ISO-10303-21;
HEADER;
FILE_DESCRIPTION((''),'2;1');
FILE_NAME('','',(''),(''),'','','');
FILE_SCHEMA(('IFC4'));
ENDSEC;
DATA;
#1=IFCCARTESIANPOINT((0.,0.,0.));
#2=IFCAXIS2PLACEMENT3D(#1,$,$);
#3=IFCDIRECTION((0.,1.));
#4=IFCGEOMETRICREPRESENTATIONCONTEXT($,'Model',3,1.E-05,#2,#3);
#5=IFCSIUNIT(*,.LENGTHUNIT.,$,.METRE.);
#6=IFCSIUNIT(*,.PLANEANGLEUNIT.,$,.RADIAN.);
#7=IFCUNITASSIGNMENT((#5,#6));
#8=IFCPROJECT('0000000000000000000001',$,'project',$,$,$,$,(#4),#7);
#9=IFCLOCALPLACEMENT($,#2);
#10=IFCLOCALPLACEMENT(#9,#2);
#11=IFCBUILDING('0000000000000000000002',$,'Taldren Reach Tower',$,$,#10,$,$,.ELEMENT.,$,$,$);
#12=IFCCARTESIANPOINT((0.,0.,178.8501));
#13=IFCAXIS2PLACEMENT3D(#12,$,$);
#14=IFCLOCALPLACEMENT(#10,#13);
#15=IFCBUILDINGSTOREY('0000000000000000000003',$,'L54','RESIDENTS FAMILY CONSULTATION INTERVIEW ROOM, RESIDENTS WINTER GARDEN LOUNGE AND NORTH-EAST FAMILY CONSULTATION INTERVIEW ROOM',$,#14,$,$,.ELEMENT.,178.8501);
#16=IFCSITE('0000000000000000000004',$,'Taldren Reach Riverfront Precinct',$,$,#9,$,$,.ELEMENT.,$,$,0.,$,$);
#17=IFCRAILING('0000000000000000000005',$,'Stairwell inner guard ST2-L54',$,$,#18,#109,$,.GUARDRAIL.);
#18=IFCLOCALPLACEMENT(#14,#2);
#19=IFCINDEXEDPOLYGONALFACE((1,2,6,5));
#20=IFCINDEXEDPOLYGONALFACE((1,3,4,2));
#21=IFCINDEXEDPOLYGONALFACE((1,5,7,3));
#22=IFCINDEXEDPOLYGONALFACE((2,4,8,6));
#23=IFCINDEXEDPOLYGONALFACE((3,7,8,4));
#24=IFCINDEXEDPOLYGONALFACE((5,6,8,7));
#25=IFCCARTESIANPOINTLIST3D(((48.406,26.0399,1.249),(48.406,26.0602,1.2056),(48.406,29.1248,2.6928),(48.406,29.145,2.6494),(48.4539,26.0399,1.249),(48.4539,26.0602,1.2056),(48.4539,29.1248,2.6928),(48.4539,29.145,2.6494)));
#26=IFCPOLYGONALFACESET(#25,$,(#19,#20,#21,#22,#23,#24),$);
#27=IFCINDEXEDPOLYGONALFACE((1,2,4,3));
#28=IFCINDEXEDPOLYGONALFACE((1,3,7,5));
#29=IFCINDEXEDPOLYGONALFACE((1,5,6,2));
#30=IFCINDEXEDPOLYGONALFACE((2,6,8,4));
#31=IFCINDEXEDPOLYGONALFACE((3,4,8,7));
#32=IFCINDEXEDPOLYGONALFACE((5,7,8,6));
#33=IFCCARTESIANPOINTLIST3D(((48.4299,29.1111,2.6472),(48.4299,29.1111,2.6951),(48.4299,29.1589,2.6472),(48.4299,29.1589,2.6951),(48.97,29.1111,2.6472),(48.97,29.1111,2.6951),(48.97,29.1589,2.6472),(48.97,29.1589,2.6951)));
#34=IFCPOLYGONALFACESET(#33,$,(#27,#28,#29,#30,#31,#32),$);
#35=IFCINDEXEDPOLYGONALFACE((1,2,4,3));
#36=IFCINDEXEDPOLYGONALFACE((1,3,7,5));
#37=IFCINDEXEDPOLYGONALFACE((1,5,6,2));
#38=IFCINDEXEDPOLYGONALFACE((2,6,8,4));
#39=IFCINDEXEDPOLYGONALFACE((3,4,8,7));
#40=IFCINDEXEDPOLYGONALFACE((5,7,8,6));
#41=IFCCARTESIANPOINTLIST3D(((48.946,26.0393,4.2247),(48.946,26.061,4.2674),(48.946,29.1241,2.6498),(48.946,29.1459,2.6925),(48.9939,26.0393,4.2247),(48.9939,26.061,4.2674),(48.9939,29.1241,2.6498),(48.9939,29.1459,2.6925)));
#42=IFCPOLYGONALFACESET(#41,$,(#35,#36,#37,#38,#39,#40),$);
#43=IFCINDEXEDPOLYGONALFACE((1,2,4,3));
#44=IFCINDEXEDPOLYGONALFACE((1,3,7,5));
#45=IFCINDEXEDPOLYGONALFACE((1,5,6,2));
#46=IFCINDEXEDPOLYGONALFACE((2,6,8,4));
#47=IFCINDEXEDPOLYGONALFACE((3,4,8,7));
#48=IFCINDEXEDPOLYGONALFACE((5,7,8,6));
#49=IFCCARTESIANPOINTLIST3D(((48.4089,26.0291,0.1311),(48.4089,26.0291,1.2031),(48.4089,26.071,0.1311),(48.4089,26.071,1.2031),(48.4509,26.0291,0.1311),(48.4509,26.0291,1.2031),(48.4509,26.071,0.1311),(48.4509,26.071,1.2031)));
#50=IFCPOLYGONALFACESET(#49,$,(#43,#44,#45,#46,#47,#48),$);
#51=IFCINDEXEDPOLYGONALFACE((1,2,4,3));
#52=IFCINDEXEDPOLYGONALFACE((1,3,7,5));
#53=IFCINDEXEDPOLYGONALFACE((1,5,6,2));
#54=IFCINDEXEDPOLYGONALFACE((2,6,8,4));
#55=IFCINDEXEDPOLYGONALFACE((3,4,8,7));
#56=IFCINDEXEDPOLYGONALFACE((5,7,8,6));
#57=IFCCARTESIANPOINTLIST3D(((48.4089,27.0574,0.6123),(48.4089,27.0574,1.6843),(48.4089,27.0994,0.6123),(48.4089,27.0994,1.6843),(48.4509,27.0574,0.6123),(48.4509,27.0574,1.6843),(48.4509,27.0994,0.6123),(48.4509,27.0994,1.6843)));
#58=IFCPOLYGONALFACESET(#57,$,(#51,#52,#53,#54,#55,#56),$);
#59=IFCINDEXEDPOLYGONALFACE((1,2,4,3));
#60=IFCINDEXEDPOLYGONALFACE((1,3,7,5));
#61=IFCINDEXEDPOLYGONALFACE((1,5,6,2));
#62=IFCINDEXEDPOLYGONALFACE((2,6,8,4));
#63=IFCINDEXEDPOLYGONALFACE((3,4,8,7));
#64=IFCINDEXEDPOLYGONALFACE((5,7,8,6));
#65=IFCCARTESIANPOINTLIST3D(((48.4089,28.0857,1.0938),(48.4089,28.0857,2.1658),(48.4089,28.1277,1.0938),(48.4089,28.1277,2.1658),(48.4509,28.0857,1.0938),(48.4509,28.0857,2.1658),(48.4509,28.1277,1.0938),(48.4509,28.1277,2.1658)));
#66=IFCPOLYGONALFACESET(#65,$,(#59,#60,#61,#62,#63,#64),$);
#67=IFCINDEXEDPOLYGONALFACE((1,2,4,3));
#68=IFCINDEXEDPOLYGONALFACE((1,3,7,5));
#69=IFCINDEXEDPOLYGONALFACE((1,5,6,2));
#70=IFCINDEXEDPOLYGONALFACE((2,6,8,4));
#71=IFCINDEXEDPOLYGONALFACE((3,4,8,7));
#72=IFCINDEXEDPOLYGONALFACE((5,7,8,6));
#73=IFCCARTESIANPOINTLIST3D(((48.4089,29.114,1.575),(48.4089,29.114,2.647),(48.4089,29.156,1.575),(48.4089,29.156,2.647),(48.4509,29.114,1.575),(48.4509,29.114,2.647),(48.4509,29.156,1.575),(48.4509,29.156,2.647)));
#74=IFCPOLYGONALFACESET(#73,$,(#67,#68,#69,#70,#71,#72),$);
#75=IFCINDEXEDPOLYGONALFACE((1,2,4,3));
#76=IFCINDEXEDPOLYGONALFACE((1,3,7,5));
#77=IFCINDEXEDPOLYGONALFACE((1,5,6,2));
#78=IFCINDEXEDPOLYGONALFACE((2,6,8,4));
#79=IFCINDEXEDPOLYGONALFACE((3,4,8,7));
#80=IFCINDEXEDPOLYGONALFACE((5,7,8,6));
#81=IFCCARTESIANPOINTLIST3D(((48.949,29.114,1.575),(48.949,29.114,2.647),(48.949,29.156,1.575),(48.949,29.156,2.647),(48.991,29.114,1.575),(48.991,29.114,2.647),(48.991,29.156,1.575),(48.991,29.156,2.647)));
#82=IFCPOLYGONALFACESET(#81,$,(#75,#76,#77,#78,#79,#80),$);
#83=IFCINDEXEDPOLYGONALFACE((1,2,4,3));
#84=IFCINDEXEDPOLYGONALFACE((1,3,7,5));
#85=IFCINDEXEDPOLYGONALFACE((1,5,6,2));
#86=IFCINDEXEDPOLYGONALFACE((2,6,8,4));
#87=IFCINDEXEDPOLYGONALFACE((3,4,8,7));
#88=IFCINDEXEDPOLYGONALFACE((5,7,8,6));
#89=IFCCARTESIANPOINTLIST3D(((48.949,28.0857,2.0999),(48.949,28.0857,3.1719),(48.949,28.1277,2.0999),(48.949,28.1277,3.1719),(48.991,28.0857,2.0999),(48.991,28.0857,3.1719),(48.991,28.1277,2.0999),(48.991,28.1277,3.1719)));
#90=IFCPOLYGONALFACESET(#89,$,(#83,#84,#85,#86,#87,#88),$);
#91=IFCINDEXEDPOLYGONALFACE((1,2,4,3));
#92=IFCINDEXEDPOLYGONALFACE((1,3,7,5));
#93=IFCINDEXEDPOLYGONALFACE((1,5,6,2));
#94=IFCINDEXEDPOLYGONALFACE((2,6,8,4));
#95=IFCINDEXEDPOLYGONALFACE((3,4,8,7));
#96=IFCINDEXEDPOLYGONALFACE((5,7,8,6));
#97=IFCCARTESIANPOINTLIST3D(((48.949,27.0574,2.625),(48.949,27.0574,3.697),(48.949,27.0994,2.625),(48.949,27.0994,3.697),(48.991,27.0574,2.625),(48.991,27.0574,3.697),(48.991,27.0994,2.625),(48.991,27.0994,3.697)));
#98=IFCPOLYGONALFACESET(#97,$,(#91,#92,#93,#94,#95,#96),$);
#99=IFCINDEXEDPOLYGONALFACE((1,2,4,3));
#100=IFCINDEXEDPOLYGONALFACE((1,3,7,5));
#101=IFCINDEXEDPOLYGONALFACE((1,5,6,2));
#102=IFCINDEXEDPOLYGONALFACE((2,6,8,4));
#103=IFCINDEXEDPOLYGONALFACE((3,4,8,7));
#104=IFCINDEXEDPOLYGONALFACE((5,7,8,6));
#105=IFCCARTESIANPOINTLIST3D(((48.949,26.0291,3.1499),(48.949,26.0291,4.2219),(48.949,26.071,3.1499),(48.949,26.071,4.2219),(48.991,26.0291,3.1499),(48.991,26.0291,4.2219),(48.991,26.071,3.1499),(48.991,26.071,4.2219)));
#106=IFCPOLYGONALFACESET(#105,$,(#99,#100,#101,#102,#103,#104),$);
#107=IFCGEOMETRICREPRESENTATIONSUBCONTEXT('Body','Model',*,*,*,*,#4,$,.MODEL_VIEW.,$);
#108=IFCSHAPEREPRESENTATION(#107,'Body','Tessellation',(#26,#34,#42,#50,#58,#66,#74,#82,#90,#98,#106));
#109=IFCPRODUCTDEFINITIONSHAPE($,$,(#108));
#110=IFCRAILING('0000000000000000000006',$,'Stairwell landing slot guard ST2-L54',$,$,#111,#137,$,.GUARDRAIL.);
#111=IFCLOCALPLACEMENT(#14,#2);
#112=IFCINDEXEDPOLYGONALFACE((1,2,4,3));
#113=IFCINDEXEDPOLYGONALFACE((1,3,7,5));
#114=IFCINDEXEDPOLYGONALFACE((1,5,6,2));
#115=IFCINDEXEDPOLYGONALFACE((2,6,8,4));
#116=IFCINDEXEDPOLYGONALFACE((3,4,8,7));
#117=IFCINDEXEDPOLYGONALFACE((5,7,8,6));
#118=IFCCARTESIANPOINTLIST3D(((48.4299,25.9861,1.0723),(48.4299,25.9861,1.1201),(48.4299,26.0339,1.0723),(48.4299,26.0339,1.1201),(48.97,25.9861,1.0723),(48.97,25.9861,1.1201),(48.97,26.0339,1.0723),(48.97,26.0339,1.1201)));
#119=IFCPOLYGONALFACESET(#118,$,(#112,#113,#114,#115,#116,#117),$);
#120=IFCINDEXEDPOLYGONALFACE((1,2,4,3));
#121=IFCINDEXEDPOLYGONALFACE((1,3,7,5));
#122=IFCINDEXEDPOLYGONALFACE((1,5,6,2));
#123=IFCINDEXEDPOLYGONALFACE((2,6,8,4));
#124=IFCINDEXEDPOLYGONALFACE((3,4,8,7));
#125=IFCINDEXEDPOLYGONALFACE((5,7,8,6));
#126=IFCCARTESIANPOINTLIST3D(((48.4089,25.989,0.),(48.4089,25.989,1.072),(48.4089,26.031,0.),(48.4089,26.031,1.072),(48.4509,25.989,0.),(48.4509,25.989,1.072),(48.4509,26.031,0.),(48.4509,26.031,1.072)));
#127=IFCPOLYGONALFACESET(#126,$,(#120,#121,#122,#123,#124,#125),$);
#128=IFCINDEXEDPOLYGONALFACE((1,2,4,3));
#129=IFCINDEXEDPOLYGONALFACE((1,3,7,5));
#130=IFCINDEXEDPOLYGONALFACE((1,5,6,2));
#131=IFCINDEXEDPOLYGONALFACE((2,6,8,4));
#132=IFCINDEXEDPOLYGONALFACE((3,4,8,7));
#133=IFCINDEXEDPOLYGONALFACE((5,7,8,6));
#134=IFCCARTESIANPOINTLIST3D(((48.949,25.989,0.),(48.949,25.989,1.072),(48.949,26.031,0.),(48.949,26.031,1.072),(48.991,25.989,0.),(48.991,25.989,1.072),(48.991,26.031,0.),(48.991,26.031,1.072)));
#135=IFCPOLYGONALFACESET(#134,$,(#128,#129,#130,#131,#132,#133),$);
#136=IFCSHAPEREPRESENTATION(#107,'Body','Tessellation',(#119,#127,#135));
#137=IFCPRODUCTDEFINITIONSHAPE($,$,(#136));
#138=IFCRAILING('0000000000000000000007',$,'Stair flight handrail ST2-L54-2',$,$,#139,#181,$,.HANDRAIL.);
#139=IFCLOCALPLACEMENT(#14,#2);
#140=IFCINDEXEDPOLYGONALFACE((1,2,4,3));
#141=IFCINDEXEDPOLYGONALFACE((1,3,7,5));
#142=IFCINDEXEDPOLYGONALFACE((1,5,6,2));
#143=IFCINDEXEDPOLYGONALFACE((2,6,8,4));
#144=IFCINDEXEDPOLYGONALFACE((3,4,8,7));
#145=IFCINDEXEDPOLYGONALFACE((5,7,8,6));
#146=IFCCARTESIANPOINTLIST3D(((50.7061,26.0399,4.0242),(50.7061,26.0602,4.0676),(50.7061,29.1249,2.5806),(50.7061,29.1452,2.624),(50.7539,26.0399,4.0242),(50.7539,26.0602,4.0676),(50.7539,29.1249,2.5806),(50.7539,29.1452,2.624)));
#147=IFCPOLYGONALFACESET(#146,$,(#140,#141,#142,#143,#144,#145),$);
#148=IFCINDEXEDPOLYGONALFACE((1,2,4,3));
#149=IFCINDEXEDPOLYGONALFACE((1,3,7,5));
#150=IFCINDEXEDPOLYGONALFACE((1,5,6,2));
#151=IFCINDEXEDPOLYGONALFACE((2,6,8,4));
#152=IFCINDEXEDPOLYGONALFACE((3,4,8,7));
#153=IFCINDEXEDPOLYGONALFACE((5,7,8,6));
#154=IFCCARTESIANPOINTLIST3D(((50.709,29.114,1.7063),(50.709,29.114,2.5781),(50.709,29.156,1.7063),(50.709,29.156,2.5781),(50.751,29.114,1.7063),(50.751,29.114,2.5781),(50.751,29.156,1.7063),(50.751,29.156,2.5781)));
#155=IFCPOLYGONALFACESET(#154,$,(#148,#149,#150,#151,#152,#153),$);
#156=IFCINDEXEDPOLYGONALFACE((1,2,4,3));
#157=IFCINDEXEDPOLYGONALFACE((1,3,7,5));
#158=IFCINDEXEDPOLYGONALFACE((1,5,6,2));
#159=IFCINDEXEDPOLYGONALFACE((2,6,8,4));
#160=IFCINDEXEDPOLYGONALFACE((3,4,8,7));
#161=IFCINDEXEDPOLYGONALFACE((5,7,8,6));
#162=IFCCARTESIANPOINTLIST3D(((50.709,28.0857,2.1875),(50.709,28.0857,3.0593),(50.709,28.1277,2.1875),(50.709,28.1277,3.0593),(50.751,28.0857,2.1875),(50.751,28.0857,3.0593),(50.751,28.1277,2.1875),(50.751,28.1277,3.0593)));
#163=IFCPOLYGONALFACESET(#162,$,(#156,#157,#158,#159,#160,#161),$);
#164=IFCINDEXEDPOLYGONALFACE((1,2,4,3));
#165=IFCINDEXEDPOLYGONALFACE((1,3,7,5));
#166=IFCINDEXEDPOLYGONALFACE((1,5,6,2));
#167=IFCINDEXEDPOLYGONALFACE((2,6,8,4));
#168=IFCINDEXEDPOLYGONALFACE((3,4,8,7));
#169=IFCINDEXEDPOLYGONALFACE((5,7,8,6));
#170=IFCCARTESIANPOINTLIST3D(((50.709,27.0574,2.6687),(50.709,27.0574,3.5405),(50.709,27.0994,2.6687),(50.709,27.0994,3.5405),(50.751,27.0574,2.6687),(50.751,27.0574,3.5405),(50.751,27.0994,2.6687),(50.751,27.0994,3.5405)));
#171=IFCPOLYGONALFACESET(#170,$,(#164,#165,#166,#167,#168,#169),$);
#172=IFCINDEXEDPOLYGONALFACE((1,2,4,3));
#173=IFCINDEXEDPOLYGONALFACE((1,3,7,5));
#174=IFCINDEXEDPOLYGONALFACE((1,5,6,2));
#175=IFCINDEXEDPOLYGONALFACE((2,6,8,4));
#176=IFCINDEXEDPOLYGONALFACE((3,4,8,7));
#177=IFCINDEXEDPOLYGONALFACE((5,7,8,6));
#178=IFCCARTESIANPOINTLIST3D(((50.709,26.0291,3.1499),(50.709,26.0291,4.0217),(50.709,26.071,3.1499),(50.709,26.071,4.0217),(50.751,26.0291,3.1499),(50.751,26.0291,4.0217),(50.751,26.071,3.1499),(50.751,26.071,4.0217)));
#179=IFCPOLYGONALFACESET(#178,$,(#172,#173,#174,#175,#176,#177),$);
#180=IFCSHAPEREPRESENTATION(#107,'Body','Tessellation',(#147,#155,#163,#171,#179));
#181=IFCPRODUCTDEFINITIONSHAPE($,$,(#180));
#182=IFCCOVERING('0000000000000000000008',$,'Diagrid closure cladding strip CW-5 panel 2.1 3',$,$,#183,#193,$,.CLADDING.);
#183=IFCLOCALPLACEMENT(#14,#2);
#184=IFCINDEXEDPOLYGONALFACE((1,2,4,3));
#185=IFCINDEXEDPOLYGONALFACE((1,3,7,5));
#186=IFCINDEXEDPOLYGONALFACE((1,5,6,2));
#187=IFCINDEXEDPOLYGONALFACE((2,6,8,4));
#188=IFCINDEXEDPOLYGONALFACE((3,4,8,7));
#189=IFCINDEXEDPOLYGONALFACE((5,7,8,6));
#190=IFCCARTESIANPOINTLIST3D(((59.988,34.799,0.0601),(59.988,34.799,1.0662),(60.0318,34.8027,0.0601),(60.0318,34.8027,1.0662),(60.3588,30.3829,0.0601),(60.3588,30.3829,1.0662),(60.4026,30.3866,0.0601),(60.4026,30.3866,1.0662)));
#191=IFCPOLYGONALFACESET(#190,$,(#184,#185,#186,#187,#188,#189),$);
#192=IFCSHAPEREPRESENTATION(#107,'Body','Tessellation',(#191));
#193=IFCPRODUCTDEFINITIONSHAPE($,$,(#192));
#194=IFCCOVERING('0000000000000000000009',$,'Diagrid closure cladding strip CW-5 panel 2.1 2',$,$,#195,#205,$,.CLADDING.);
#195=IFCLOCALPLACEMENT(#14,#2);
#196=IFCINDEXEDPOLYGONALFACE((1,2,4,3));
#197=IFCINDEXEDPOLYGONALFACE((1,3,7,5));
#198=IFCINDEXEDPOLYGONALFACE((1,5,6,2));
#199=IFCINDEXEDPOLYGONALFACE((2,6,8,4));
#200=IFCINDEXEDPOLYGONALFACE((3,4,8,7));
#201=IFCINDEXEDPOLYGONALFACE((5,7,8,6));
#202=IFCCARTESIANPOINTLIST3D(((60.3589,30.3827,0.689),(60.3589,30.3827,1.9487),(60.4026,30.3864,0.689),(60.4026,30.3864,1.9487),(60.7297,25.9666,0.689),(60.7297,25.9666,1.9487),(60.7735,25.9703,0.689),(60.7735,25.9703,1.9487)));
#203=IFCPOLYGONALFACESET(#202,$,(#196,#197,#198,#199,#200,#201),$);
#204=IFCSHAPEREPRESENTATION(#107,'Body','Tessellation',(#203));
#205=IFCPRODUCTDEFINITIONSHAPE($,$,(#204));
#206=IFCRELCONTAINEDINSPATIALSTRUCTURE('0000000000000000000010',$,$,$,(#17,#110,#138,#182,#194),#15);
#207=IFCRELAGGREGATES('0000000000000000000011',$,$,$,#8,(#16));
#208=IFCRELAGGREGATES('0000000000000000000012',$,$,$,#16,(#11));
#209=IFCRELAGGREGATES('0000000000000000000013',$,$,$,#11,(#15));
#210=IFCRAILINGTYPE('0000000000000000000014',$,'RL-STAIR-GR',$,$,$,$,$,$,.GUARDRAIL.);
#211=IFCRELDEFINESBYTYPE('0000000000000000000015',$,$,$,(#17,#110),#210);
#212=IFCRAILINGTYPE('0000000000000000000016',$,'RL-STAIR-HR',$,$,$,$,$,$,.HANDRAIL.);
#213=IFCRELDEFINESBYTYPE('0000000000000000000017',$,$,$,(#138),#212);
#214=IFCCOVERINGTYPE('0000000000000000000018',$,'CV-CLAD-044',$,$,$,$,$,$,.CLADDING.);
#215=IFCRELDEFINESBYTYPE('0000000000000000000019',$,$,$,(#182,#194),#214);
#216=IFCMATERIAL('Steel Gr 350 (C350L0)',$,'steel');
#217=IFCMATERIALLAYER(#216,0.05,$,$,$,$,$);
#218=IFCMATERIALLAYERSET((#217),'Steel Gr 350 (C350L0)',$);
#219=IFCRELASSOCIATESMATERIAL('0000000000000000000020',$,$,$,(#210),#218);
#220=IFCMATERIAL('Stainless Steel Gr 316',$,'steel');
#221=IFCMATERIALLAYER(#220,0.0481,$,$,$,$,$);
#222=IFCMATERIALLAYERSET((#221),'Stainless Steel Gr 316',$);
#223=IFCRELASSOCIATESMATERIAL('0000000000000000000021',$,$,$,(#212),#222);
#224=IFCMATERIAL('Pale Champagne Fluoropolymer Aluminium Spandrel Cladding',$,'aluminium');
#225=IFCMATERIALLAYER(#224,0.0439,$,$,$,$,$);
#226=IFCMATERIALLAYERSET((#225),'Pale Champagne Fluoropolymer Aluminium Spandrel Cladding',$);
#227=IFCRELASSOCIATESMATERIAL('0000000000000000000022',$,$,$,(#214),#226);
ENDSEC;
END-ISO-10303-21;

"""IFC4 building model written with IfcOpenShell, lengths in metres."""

from ifc_helpers import new_model, si_unit, direction, frame, origin, origin_2d, place, context, subcontext, project, spatial, rectangle, extrude, source, transform, mapped, material, layer, layer_set, type_object, element, save


model = new_model("IFC4")

# Units and contexts
model_context = context("Model", 3, precision=1e-05, world=origin(), true_north=direction((0.0, 1.0)))
body_context = subcontext(model_context, "Body", "Model", "MODEL_VIEW")
ifc_project = project(units=[si_unit("LENGTHUNIT", "METRE"), si_unit("PLANEANGLEUNIT", "RADIAN")], contexts=[model_context])

# Site, building, storey
site_placement = place(None, origin())
site = spatial("IfcSite", under=ifc_project, at=site_placement, Name="Taldren Reach Riverfront Precinct", CompositionType="ELEMENT", RefElevation=0.0)
building_placement = place(site_placement, origin())
building = spatial("IfcBuilding", under=site, at=building_placement, Name="Taldren Reach Tower", CompositionType="ELEMENT")
storey_placement = place(building_placement, frame((0.0, 0.0, 178.8501)))
storey = spatial("IfcBuildingStorey", under=building, at=storey_placement, Name="L54", Description="RESIDENTS FAMILY CONSULTATION INTERVIEW ROOM, RESIDENTS WINTER GARDEN LOUNGE AND NORTH-EAST FAMILY CONSULTATION INTERVIEW ROOM", CompositionType="ELEMENT", Elevation=178.8501)

# Shared definitions
ifc_material_1 = material(Name="Steel Gr 350 (C350L0)", Category="steel")

# Railings
ifc_layer_1 = layer(ifc_material_1, 0.05)
ifc_layer_set_1 = layer_set([ifc_layer_1], Name="Steel Gr 350 (C350L0)")
railing_type_1 = type_object("IfcRailingType", Name="RL-STAIR-GR", PredefinedType="GUARDRAIL", material=ifc_layer_set_1)
railing_1_placement = place(storey_placement, frame((48.4299, 26.05, 0.1311)))
element("IfcRailing", 1, at=railing_1_placement, inside=storey, type_object=railing_type_1, Name="Stairwell inner guard ST2-L54", PredefinedType="GUARDRAIL", context=body_context, shape_type="SweptSolid", body=[
    extrude(rectangle(XDim=0.0479, YDim=0.0479, at=origin_2d()), frame((0.0, 0.0, 1.0962), z_axis=(0.0, 0.90571, 0.423898), x_axis=(-1.0, 0.0, 0.0)), (0.0, 0.0, 1.0), 3.406),
    extrude(rectangle(XDim=0.0479, YDim=0.0479, at=origin_2d()), frame((0.0, 3.085, 2.54), z_axis=(1.0, 0.0, 0.0), x_axis=(0.0, 1.0, 0.0)), (0.0, 0.0, 1.0), 0.54),
    extrude(rectangle(XDim=0.0479, YDim=0.0479, at=origin_2d()), frame((0.54, 3.085, 2.54), z_axis=(0.0, -0.890646, 0.454697), x_axis=(1.0, 0.0, 0.0)), (0.0, 0.0, 1.0), 3.4636),
    extrude(rectangle(XDim=0.042, YDim=0.042, at=origin_2d()), origin(), (0.0, 0.0, 1.0), 1.072),
    extrude(rectangle(XDim=0.042, YDim=0.042, at=origin_2d()), frame((0.0, 1.0283, 0.4812)), (0.0, 0.0, 1.0), 1.072),
    extrude(rectangle(XDim=0.042, YDim=0.042, at=origin_2d()), frame((0.0, 2.0566, 0.9626)), (0.0, 0.0, 1.0), 1.072),
    extrude(rectangle(XDim=0.042, YDim=0.042, at=origin_2d()), frame((0.0, 3.085, 1.4438)), (0.0, 0.0, 1.0), 1.072),
    extrude(rectangle(XDim=0.042, YDim=0.042, at=origin_2d()), frame((0.54, 3.085, 1.4438)), (0.0, 0.0, 1.0), 1.072),
    extrude(rectangle(XDim=0.042, YDim=0.042, at=origin_2d()), frame((0.54, 2.0566, 1.9688)), (0.0, 0.0, 1.0), 1.072),
    extrude(rectangle(XDim=0.042, YDim=0.042, at=origin_2d()), frame((0.54, 1.0283, 2.4939)), (0.0, 0.0, 1.0), 1.072),
    extrude(rectangle(XDim=0.042, YDim=0.042, at=origin_2d()), frame((0.54, 0.0, 3.0188)), (0.0, 0.0, 1.0), 1.072),
])
railing_2_placement = place(storey_placement, frame((48.4299, 26.01, 0.0)))
element("IfcRailing", 2, at=railing_2_placement, inside=storey, type_object=railing_type_1, Name="Stairwell landing slot guard ST2-L54", PredefinedType="GUARDRAIL", context=body_context, shape_type="SweptSolid", body=[
    extrude(rectangle(XDim=0.0479, YDim=0.0479, at=origin_2d()), frame((0.0, 0.0, 1.0962), z_axis=(1.0, 0.0, 0.0), x_axis=(0.0, 1.0, 0.0)), (0.0, 0.0, 1.0), 0.54),
    extrude(rectangle(XDim=0.042, YDim=0.042, at=origin_2d()), origin(), (0.0, 0.0, 1.0), 1.072),
    extrude(rectangle(XDim=0.042, YDim=0.042, at=origin_2d()), frame((0.54, 0.0, 0.0)), (0.0, 0.0, 1.0), 1.072),
])
ifc_material_2 = material(Name="Stainless Steel Gr 316", Category="steel")
ifc_layer_2 = layer(ifc_material_2, 0.0481)
ifc_layer_set_2 = layer_set([ifc_layer_2], Name="Stainless Steel Gr 316")
railing_type_2 = type_object("IfcRailingType", Name="RL-STAIR-HR", PredefinedType="HANDRAIL", material=ifc_layer_set_2)
railing_3_placement = place(storey_placement, frame((50.73, 29.135, 1.7063)))
element("IfcRailing", 3, at=railing_3_placement, inside=storey, type_object=railing_type_2, Name="Stair flight handrail ST2-L54-2", PredefinedType="HANDRAIL", context=body_context, shape_type="SweptSolid", body=[
    extrude(rectangle(XDim=0.0479, YDim=0.0479, at=origin_2d()), frame((0.0, 0.0, 0.896), z_axis=(0.0, -0.905738, 0.423839), x_axis=(1.0, 0.0, 0.0)), (0.0, 0.0, 1.0), 3.406),
    extrude(rectangle(XDim=0.042, YDim=0.042, at=origin_2d()), origin(), (0.0, 0.0, 1.0), 0.8718),
    extrude(rectangle(XDim=0.042, YDim=0.042, at=origin_2d()), frame((0.0, -1.0283, 0.4812)), (0.0, 0.0, 1.0), 0.8718),
    extrude(rectangle(XDim=0.042, YDim=0.042, at=origin_2d()), frame((0.0, -2.0566, 0.9624)), (0.0, 0.0, 1.0), 0.8718),
    extrude(rectangle(XDim=0.042, YDim=0.042, at=origin_2d()), frame((0.0, -3.085, 1.4436)), (0.0, 0.0, 1.0), 0.8718),
])

# Coverings
ifc_material_3 = material(Name="Pale Champagne Fluoropolymer Aluminium Spandrel Cladding", Category="aluminium")
ifc_layer_3 = layer(ifc_material_3, 0.0439)
ifc_layer_set_3 = layer_set([ifc_layer_3], Name="Pale Champagne Fluoropolymer Aluminium Spandrel Cladding")
covering_type = type_object("IfcCoveringType", Name="CV-CLAD-044", PredefinedType="CLADDING", material=ifc_layer_set_3)
shared_shape_1 = source(origin(), body_context, "Body", "SweptSolid", [
    extrude(rectangle(XDim=4.4316, YDim=0.0439, at=origin_2d()), origin(), (0.0, 0.0, 1.0), 1.0061),
])
covering_1_placement = place(storey_placement, frame((60.1953, 32.5928, 0.0601), z_axis=(0.0, 0.0, 1.0), x_axis=(-0.083678, 0.996493, 0.0)))
element("IfcCovering", 4, at=covering_1_placement, inside=storey, type_object=covering_type, Name="Diagrid closure cladding strip CW-5 panel 2.1 3", PredefinedType="CLADDING", context=body_context, shape_type="MappedRepresentation", body=[
    mapped(shared_shape_1, transform((0.0, 0.0, 0.0), scale=1.0)),
])
shared_shape_2 = source(origin(), body_context, "Body", "SweptSolid", [
    extrude(rectangle(XDim=4.4316, YDim=0.0439, at=origin_2d()), origin(), (0.0, 0.0, 1.0), 1.2598),
])
covering_2_placement = place(storey_placement, frame((60.5662, 28.1765, 0.689), z_axis=(0.0, 0.0, 1.0), x_axis=(-0.083678, 0.996493, 0.0)))
element("IfcCovering", 5, at=covering_2_placement, inside=storey, type_object=covering_type, Name="Diagrid closure cladding strip CW-5 panel 2.1 2", PredefinedType="CLADDING", context=body_context, shape_type="MappedRepresentation", body=[
    mapped(shared_shape_2, transform((0.0, 0.0, 0.0), scale=1.0)),
])

save(model, "model.ifc")
